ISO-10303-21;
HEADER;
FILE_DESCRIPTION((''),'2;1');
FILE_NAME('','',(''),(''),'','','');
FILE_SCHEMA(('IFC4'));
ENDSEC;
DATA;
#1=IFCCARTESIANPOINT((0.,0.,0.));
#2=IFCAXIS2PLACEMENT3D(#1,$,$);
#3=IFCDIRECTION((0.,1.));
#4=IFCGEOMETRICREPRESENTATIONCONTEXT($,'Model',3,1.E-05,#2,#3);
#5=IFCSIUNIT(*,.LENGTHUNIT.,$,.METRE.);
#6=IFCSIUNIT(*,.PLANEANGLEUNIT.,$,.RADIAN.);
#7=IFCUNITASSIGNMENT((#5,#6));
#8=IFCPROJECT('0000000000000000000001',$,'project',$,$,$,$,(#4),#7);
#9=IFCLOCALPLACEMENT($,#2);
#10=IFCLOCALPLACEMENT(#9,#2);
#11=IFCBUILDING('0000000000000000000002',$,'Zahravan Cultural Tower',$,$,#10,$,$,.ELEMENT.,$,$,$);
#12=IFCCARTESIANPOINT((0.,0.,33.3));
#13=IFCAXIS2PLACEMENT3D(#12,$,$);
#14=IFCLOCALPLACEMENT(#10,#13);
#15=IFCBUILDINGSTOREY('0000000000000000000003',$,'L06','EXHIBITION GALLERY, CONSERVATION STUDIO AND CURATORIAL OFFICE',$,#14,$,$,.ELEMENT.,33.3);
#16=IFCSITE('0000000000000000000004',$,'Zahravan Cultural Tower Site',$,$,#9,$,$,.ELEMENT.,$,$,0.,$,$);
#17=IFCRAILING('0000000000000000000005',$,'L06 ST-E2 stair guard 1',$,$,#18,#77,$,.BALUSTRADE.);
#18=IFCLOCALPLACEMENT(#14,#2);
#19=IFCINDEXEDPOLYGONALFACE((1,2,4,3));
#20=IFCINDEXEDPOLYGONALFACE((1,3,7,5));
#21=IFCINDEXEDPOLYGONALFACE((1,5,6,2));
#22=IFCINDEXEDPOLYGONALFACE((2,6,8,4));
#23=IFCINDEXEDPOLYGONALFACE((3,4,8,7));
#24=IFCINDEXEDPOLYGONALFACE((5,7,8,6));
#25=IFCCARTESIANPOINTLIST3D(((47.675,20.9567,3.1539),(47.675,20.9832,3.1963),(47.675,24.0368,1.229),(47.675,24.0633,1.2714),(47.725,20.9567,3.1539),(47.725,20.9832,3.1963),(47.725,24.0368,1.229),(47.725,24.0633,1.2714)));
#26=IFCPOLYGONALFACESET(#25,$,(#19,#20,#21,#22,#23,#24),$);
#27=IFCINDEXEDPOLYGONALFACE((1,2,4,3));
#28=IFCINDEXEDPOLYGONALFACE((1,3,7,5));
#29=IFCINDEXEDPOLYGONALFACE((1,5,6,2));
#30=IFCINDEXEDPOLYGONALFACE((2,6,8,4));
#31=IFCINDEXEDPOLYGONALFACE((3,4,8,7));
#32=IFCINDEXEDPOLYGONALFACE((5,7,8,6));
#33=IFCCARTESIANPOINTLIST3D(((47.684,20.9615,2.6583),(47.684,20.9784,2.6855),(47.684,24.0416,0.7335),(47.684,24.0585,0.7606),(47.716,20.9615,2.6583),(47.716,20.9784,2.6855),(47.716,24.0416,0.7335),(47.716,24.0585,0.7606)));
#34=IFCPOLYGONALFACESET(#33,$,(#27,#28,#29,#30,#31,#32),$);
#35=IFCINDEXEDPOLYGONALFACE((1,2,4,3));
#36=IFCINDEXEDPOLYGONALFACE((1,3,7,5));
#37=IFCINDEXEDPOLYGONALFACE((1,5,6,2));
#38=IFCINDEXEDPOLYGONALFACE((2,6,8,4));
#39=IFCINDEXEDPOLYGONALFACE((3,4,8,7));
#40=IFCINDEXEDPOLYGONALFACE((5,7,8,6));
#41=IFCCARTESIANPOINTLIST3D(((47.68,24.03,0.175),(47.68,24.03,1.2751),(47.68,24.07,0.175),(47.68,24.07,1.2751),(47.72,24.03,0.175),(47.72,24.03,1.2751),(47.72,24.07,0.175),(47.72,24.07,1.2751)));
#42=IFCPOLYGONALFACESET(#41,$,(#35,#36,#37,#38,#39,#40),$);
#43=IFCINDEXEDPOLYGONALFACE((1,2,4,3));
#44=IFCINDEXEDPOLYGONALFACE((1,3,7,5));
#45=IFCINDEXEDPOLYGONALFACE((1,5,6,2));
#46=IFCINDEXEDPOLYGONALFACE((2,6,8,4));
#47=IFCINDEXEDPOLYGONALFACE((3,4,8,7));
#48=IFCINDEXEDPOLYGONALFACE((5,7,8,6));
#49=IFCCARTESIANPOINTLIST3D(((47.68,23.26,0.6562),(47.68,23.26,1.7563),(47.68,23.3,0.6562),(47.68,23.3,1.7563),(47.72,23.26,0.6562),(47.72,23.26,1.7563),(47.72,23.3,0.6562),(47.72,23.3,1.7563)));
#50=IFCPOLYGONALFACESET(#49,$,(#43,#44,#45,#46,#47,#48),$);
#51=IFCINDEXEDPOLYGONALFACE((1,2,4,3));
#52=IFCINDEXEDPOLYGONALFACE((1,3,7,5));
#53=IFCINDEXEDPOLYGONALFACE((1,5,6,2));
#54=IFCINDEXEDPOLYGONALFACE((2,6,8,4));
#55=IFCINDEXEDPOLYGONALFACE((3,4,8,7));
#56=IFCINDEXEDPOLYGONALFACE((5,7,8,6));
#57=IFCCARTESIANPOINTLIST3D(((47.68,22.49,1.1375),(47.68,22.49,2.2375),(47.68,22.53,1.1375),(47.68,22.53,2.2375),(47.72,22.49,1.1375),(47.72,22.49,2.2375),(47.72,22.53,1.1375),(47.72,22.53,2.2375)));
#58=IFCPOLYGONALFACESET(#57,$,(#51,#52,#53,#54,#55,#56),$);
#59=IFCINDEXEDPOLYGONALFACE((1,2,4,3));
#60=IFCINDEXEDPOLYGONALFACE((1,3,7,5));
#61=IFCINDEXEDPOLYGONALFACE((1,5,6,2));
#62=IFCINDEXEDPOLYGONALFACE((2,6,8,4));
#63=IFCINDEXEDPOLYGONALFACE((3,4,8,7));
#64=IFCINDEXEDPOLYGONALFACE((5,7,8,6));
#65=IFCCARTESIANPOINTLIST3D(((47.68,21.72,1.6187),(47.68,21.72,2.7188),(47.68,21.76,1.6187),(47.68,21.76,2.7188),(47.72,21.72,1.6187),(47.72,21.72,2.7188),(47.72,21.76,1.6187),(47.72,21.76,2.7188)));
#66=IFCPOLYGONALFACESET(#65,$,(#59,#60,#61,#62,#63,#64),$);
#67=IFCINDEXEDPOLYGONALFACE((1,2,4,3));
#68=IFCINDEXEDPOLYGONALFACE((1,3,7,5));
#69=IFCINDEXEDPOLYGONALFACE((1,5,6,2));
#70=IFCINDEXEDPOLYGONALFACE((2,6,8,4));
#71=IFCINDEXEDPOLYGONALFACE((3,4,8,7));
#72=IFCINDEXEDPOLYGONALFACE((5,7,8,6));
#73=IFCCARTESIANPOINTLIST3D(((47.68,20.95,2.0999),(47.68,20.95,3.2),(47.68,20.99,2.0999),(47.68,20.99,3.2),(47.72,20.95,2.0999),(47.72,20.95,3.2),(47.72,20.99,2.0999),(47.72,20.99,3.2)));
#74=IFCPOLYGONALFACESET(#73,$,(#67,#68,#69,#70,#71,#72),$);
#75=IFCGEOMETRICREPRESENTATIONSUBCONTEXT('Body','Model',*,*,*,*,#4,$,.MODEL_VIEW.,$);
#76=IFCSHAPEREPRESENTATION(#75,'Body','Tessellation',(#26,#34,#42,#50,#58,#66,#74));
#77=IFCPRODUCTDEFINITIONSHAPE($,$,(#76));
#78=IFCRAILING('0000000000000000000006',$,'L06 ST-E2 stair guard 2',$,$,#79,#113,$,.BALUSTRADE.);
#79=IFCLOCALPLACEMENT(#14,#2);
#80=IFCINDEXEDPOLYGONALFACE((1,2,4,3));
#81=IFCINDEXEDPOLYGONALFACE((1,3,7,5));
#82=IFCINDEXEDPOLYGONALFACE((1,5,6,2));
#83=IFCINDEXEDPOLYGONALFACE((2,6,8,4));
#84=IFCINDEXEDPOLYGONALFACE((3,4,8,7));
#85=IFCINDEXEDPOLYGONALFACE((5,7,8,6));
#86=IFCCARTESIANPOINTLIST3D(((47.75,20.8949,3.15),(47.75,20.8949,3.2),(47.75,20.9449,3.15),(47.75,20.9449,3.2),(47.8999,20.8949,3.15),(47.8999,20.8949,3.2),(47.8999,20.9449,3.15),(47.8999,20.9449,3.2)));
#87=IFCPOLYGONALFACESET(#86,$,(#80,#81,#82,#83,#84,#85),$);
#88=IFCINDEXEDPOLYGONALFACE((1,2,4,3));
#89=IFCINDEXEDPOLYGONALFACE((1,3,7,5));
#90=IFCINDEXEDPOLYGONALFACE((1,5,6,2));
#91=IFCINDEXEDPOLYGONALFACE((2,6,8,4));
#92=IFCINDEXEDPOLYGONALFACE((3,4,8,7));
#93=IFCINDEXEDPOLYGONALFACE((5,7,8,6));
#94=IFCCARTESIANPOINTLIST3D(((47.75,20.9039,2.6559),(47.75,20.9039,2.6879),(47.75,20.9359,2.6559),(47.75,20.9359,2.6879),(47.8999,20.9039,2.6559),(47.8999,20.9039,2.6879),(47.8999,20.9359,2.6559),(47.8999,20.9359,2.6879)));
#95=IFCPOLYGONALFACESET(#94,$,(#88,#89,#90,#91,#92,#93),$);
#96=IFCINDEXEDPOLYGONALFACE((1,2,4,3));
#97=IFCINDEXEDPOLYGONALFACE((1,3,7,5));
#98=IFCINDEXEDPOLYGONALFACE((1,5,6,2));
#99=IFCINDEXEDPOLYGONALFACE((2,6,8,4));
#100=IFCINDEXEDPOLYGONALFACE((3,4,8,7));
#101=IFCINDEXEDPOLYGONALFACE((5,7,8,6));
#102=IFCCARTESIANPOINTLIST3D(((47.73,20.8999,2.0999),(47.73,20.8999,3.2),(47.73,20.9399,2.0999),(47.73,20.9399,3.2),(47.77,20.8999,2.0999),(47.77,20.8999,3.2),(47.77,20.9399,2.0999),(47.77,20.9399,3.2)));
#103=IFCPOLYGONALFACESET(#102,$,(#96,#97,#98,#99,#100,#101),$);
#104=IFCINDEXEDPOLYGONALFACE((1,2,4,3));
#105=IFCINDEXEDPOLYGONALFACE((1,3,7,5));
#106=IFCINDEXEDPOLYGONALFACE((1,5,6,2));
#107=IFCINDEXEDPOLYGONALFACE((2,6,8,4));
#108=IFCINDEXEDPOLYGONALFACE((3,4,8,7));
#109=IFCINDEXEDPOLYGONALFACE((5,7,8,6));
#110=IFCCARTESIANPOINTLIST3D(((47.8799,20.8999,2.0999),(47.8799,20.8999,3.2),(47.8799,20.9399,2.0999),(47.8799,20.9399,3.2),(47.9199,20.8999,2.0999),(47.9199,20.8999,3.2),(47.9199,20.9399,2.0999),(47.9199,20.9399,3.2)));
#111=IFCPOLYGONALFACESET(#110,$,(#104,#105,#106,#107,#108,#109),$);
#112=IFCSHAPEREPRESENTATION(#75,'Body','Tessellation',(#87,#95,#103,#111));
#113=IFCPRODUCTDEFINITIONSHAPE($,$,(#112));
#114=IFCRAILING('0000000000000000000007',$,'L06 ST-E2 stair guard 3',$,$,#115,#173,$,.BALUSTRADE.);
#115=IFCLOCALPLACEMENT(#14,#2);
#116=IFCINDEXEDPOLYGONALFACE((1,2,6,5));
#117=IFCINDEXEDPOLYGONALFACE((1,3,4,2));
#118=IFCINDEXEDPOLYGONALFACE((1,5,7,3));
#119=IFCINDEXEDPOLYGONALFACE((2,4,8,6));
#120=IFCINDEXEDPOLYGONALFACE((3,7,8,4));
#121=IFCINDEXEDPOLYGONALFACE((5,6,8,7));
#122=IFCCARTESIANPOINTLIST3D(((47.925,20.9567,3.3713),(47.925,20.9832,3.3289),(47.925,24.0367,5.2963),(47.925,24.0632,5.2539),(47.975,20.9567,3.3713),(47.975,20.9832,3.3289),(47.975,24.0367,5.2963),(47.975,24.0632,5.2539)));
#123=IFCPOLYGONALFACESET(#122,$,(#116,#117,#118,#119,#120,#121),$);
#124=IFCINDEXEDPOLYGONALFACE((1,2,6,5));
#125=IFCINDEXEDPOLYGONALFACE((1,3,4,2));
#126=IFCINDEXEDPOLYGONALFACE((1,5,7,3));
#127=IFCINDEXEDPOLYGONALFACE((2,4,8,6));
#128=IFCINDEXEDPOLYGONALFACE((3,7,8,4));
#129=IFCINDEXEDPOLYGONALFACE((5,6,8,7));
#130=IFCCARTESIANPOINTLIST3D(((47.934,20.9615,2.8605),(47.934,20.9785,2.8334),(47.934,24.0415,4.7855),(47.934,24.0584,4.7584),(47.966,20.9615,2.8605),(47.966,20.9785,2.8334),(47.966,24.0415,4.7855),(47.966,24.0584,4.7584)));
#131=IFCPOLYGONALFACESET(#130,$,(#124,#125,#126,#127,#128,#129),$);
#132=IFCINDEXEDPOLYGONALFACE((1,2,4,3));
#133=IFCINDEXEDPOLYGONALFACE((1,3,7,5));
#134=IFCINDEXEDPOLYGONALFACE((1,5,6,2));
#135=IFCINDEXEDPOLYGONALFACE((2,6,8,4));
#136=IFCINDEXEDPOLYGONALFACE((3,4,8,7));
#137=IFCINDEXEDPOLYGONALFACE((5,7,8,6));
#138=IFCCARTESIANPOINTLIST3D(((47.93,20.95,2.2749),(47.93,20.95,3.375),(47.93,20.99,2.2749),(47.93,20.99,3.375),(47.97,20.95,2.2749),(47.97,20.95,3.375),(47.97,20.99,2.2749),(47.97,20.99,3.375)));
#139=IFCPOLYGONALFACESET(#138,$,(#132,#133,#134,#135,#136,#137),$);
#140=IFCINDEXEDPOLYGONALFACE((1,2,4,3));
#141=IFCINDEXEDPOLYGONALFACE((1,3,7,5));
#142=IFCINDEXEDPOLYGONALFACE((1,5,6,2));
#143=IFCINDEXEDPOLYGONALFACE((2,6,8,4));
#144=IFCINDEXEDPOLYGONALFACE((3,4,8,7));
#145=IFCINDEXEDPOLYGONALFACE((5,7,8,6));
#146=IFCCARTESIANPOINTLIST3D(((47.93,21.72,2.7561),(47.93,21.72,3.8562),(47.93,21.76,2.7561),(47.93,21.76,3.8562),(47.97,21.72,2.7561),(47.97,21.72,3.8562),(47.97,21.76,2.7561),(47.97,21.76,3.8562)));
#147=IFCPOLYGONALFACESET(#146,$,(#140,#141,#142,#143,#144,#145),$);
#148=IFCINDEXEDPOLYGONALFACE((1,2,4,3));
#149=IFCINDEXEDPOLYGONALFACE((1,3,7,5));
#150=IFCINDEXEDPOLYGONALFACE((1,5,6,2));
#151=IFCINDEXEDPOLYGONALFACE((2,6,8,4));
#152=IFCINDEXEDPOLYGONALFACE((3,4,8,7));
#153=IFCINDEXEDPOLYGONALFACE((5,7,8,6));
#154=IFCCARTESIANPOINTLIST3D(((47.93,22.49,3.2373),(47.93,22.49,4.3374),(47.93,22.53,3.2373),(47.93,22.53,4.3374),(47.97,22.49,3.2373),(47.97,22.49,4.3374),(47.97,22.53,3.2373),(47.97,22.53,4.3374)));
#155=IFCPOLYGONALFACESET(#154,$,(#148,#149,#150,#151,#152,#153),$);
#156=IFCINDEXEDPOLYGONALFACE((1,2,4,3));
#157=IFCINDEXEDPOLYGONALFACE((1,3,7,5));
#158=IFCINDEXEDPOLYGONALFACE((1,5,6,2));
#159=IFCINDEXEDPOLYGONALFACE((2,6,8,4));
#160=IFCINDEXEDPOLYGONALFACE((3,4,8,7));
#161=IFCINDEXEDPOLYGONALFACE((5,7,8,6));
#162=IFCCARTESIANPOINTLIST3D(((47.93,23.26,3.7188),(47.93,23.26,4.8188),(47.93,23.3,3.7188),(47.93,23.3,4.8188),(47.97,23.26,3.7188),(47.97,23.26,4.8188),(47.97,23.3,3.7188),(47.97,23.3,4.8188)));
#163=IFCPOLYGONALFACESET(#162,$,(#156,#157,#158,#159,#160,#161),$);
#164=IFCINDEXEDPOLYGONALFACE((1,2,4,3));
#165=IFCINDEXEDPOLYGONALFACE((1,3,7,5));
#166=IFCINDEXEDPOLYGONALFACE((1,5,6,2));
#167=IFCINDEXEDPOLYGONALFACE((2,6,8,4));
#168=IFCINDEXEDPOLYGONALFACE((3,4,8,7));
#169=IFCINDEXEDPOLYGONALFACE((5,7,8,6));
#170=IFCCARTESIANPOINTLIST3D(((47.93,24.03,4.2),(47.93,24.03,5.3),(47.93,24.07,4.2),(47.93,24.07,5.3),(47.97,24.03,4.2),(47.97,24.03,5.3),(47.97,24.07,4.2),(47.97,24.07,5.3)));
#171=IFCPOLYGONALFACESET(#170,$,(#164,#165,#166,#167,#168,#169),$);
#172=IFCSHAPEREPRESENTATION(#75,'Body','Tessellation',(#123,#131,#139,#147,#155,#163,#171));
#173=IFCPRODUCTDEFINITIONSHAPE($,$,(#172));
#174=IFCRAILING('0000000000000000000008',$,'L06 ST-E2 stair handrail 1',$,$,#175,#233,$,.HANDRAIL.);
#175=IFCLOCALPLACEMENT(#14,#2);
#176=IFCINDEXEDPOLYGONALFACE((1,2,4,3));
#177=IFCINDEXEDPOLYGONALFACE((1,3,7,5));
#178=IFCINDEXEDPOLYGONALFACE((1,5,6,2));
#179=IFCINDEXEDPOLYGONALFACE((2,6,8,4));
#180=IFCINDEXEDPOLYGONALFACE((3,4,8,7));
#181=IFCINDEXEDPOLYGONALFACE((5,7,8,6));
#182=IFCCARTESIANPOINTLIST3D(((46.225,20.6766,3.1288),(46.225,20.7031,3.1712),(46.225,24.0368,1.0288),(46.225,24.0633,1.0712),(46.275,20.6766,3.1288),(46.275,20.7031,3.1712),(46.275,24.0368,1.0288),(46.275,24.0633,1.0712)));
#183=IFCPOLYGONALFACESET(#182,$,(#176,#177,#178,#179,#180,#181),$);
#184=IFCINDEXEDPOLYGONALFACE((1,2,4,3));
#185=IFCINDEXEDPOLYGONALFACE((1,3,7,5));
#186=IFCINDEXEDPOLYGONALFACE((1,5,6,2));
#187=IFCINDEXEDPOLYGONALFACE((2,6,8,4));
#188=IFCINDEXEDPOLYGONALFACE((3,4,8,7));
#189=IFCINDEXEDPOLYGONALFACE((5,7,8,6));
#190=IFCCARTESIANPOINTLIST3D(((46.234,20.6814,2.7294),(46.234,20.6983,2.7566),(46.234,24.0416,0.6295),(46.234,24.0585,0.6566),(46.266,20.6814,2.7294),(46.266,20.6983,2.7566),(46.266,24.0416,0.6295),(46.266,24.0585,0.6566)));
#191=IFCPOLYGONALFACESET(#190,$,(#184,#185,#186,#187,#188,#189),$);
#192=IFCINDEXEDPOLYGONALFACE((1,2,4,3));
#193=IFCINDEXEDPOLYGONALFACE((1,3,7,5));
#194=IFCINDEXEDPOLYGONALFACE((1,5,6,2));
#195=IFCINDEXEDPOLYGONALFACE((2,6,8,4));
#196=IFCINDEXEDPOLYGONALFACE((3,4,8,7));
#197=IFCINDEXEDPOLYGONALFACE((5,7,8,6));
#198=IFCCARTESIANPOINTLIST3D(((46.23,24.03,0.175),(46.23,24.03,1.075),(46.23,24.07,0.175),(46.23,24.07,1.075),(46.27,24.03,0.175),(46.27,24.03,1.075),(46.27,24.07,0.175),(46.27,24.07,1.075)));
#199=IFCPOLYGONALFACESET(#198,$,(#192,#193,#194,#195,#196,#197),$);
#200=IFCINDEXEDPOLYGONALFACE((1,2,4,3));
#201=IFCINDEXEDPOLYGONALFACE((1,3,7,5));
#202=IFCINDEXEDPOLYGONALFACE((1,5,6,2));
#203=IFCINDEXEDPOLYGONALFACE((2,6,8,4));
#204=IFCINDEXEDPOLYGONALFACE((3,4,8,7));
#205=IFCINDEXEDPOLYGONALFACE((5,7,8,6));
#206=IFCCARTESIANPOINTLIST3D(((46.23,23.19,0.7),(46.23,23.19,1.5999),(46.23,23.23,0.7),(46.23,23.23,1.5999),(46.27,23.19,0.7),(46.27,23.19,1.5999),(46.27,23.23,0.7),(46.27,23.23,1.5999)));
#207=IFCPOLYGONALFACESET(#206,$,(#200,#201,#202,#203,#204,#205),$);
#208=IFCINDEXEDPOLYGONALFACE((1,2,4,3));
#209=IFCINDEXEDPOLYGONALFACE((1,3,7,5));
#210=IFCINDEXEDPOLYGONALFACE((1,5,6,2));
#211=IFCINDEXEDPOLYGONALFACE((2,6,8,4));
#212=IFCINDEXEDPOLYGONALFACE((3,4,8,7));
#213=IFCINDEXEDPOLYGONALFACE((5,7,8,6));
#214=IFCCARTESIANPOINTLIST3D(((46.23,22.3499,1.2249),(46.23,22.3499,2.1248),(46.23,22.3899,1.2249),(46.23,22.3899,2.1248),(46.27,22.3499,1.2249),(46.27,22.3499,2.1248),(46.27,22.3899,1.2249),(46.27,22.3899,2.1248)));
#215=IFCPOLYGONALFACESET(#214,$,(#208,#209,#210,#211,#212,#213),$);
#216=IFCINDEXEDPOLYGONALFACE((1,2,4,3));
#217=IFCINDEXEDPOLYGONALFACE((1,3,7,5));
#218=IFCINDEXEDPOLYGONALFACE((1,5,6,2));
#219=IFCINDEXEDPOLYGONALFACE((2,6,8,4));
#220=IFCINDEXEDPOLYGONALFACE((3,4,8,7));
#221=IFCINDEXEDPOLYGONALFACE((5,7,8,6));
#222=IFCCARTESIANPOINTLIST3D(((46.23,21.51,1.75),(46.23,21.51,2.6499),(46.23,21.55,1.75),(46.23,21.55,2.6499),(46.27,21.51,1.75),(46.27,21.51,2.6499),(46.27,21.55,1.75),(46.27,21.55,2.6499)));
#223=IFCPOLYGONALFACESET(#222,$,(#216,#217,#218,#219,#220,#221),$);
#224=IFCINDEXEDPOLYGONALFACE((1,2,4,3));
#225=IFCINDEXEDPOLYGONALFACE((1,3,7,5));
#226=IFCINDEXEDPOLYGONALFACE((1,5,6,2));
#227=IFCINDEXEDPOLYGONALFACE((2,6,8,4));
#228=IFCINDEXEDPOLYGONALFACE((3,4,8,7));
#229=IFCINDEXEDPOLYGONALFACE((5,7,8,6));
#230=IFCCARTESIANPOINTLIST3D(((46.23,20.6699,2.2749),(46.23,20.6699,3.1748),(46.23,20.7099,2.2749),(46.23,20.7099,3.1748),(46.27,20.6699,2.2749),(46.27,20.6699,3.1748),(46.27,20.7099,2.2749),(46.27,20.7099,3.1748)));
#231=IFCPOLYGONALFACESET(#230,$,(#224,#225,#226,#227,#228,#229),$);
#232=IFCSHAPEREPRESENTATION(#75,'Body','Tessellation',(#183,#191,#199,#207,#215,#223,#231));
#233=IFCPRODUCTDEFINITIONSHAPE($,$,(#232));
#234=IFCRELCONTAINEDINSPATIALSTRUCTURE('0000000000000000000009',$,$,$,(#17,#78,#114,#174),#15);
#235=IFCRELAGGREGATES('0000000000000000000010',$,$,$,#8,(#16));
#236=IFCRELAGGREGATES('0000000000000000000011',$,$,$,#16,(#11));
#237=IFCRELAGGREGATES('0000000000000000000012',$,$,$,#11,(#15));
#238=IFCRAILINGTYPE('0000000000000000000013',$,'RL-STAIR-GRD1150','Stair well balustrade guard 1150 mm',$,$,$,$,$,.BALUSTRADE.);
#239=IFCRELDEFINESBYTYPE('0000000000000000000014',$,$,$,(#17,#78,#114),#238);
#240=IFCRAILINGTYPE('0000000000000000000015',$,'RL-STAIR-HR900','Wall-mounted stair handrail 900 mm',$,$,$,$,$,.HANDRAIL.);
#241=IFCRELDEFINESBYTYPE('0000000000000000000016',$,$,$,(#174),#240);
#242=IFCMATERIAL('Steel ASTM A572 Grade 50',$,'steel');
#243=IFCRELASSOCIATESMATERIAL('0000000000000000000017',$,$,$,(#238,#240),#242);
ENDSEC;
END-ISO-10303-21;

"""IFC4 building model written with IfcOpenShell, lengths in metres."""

from ifc_helpers import new_model, si_unit, direction, frame, origin, origin_2d, place, context, subcontext, project, spatial, rectangle, extrude, material, type_object, element, save


model = new_model("IFC4")

# Units and contexts
model_context = context("Model", 3, precision=1e-05, world=origin(), true_north=direction((0.0, 1.0)))
body_context = subcontext(model_context, "Body", "Model", "MODEL_VIEW")
ifc_project = project(units=[si_unit("LENGTHUNIT", "METRE"), si_unit("PLANEANGLEUNIT", "RADIAN")], contexts=[model_context])

# Site, building, storey
site_placement = place(None, origin())
site = spatial("IfcSite", under=ifc_project, at=site_placement, Name="Zahravan Cultural Tower Site", CompositionType="ELEMENT", RefElevation=0.0)
building_placement = place(site_placement, origin())
building = spatial("IfcBuilding", under=site, at=building_placement, Name="Zahravan Cultural Tower", CompositionType="ELEMENT")
storey_placement = place(building_placement, frame((0.0, 0.0, 33.3)))
storey = spatial("IfcBuildingStorey", under=building, at=storey_placement, Name="L06", Description="EXHIBITION GALLERY, CONSERVATION STUDIO AND CURATORIAL OFFICE", CompositionType="ELEMENT", Elevation=33.3)

# Shared definitions
ifc_material_1 = material(Name="Steel ASTM A572 Grade 50", Category="steel")

# Railings
railing_type_1 = type_object("IfcRailingType", Name="RL-STAIR-GRD1150", Description="Stair well balustrade guard 1150 mm", PredefinedType="BALUSTRADE", material=ifc_material_1)
railing_1_placement = place(storey_placement, frame((47.7, 24.05, 0.175)))
element("IfcRailing", 1, at=railing_1_placement, inside=storey, type_object=railing_type_1, Name="L06 ST-E2 stair guard 1", PredefinedType="BALUSTRADE", context=body_context, shape_type="SweptSolid", body=[
    extrude(rectangle(XDim=0.05, YDim=0.05, at=origin_2d()), frame((0.0, 0.0, 1.0752), z_axis=(0.0, -0.848029, 0.529951), x_axis=(1.0, 0.0, 0.0)), (0.0, 0.0, 1.0), 3.6321),
    extrude(rectangle(XDim=0.032, YDim=0.032, at=origin_2d()), frame((0.0, 0.0, 0.572), z_axis=(0.0, -0.848029, 0.529951), x_axis=(1.0, 0.0, 0.0)), (0.0, 0.0, 1.0), 3.6321),
    extrude(rectangle(XDim=0.04, YDim=0.04, at=origin_2d()), origin(), (0.0, 0.0, 1.0), 1.1001),
    extrude(rectangle(XDim=0.04, YDim=0.04, at=origin_2d()), frame((0.0, -0.77, 0.4812)), (0.0, 0.0, 1.0), 1.1001),
    extrude(rectangle(XDim=0.04, YDim=0.04, at=origin_2d()), frame((0.0, -1.54, 0.9624)), (0.0, 0.0, 1.0), 1.1001),
    extrude(rectangle(XDim=0.04, YDim=0.04, at=origin_2d()), frame((0.0, -2.3101, 1.4436)), (0.0, 0.0, 1.0), 1.1001),
    extrude(rectangle(XDim=0.04, YDim=0.04, at=origin_2d()), frame((0.0, -3.0801, 1.9248)), (0.0, 0.0, 1.0), 1.1001),
])
railing_2_placement = place(storey_placement, frame((47.75, 20.9199, 2.0999)))
element("IfcRailing", 2, at=railing_2_placement, inside=storey, type_object=railing_type_1, Name="L06 ST-E2 stair guard 2", PredefinedType="BALUSTRADE", context=body_context, shape_type="SweptSolid", body=[
    extrude(rectangle(XDim=0.05, YDim=0.05, at=origin_2d()), frame((0.0, 0.0, 1.0752), z_axis=(1.0, 0.0, 0.0), x_axis=(0.0, 1.0, 0.0)), (0.0, 0.0, 1.0), 0.1499),
    extrude(rectangle(XDim=0.032, YDim=0.032, at=origin_2d()), frame((0.0, 0.0, 0.572), z_axis=(1.0, 0.0, 0.0), x_axis=(0.0, 1.0, 0.0)), (0.0, 0.0, 1.0), 0.1499),
    extrude(rectangle(XDim=0.04, YDim=0.04, at=origin_2d()), origin(), (0.0, 0.0, 1.0), 1.1001),
    extrude(rectangle(XDim=0.04, YDim=0.04, at=origin_2d()), frame((0.1499, 0.0, 0.0)), (0.0, 0.0, 1.0), 1.1001),
])
railing_3_placement = place(storey_placement, frame((47.95, 20.97, 2.2749)))
element("IfcRailing", 3, at=railing_3_placement, inside=storey, type_object=railing_type_1, Name="L06 ST-E2 stair guard 3", PredefinedType="BALUSTRADE", context=body_context, shape_type="SweptSolid", body=[
    extrude(rectangle(XDim=0.05, YDim=0.05, at=origin_2d()), frame((0.0, 0.0, 1.0752), z_axis=(0.0, 0.847998, 0.529999), x_axis=(-1.0, 0.0, 0.0)), (0.0, 0.0, 1.0), 3.6321),
    extrude(rectangle(XDim=0.032, YDim=0.032, at=origin_2d()), frame((0.0, 0.0, 0.572), z_axis=(0.0, 0.847998, 0.529999), x_axis=(-1.0, 0.0, 0.0)), (0.0, 0.0, 1.0), 3.6321),
    extrude(rectangle(XDim=0.04, YDim=0.04, at=origin_2d()), origin(), (0.0, 0.0, 1.0), 1.1001),
    extrude(rectangle(XDim=0.04, YDim=0.04, at=origin_2d()), frame((0.0, 0.77, 0.4812)), (0.0, 0.0, 1.0), 1.1001),
    extrude(rectangle(XDim=0.04, YDim=0.04, at=origin_2d()), frame((0.0, 1.54, 0.9624)), (0.0, 0.0, 1.0), 1.1001),
    extrude(rectangle(XDim=0.04, YDim=0.04, at=origin_2d()), frame((0.0, 2.3101, 1.4438)), (0.0, 0.0, 1.0), 1.1001),
    extrude(rectangle(XDim=0.04, YDim=0.04, at=origin_2d()), frame((0.0, 3.0801, 1.925)), (0.0, 0.0, 1.0), 1.1001),
])
railing_type_2 = type_object("IfcRailingType", Name="RL-STAIR-HR900", Description="Wall-mounted stair handrail 900 mm", PredefinedType="HANDRAIL", material=ifc_material_1)
railing_4_placement = place(storey_placement, frame((46.25, 24.05, 0.175)))
element("IfcRailing", 4, at=railing_4_placement, inside=storey, type_object=railing_type_2, Name="L06 ST-E2 stair handrail 1", PredefinedType="HANDRAIL", context=body_context, shape_type="SweptSolid", body=[
    extrude(rectangle(XDim=0.05, YDim=0.05, at=origin_2d()), frame((0.0, 0.0, 0.875), z_axis=(0.0, -0.848023, 0.52996), x_axis=(1.0, 0.0, 0.0)), (0.0, 0.0, 1.0), 3.9624),
    extrude(rectangle(XDim=0.032, YDim=0.032, at=origin_2d()), frame((0.0, 0.0, 0.468), z_axis=(0.0, -0.848023, 0.52996), x_axis=(1.0, 0.0, 0.0)), (0.0, 0.0, 1.0), 3.9624),
    extrude(rectangle(XDim=0.04, YDim=0.04, at=origin_2d()), origin(), (0.0, 0.0, 1.0), 0.8999),
    extrude(rectangle(XDim=0.04, YDim=0.04, at=origin_2d()), frame((0.0, -0.8401, 0.5249)), (0.0, 0.0, 1.0), 0.8999),
    extrude(rectangle(XDim=0.04, YDim=0.04, at=origin_2d()), frame((0.0, -1.6802, 1.0498)), (0.0, 0.0, 1.0), 0.8999),
    extrude(rectangle(XDim=0.04, YDim=0.04, at=origin_2d()), frame((0.0, -2.52, 1.575)), (0.0, 0.0, 1.0), 0.8999),
    extrude(rectangle(XDim=0.04, YDim=0.04, at=origin_2d()), frame((0.0, -3.3601, 2.0999)), (0.0, 0.0, 1.0), 0.8999),
])

save(model, "model.ifc")
